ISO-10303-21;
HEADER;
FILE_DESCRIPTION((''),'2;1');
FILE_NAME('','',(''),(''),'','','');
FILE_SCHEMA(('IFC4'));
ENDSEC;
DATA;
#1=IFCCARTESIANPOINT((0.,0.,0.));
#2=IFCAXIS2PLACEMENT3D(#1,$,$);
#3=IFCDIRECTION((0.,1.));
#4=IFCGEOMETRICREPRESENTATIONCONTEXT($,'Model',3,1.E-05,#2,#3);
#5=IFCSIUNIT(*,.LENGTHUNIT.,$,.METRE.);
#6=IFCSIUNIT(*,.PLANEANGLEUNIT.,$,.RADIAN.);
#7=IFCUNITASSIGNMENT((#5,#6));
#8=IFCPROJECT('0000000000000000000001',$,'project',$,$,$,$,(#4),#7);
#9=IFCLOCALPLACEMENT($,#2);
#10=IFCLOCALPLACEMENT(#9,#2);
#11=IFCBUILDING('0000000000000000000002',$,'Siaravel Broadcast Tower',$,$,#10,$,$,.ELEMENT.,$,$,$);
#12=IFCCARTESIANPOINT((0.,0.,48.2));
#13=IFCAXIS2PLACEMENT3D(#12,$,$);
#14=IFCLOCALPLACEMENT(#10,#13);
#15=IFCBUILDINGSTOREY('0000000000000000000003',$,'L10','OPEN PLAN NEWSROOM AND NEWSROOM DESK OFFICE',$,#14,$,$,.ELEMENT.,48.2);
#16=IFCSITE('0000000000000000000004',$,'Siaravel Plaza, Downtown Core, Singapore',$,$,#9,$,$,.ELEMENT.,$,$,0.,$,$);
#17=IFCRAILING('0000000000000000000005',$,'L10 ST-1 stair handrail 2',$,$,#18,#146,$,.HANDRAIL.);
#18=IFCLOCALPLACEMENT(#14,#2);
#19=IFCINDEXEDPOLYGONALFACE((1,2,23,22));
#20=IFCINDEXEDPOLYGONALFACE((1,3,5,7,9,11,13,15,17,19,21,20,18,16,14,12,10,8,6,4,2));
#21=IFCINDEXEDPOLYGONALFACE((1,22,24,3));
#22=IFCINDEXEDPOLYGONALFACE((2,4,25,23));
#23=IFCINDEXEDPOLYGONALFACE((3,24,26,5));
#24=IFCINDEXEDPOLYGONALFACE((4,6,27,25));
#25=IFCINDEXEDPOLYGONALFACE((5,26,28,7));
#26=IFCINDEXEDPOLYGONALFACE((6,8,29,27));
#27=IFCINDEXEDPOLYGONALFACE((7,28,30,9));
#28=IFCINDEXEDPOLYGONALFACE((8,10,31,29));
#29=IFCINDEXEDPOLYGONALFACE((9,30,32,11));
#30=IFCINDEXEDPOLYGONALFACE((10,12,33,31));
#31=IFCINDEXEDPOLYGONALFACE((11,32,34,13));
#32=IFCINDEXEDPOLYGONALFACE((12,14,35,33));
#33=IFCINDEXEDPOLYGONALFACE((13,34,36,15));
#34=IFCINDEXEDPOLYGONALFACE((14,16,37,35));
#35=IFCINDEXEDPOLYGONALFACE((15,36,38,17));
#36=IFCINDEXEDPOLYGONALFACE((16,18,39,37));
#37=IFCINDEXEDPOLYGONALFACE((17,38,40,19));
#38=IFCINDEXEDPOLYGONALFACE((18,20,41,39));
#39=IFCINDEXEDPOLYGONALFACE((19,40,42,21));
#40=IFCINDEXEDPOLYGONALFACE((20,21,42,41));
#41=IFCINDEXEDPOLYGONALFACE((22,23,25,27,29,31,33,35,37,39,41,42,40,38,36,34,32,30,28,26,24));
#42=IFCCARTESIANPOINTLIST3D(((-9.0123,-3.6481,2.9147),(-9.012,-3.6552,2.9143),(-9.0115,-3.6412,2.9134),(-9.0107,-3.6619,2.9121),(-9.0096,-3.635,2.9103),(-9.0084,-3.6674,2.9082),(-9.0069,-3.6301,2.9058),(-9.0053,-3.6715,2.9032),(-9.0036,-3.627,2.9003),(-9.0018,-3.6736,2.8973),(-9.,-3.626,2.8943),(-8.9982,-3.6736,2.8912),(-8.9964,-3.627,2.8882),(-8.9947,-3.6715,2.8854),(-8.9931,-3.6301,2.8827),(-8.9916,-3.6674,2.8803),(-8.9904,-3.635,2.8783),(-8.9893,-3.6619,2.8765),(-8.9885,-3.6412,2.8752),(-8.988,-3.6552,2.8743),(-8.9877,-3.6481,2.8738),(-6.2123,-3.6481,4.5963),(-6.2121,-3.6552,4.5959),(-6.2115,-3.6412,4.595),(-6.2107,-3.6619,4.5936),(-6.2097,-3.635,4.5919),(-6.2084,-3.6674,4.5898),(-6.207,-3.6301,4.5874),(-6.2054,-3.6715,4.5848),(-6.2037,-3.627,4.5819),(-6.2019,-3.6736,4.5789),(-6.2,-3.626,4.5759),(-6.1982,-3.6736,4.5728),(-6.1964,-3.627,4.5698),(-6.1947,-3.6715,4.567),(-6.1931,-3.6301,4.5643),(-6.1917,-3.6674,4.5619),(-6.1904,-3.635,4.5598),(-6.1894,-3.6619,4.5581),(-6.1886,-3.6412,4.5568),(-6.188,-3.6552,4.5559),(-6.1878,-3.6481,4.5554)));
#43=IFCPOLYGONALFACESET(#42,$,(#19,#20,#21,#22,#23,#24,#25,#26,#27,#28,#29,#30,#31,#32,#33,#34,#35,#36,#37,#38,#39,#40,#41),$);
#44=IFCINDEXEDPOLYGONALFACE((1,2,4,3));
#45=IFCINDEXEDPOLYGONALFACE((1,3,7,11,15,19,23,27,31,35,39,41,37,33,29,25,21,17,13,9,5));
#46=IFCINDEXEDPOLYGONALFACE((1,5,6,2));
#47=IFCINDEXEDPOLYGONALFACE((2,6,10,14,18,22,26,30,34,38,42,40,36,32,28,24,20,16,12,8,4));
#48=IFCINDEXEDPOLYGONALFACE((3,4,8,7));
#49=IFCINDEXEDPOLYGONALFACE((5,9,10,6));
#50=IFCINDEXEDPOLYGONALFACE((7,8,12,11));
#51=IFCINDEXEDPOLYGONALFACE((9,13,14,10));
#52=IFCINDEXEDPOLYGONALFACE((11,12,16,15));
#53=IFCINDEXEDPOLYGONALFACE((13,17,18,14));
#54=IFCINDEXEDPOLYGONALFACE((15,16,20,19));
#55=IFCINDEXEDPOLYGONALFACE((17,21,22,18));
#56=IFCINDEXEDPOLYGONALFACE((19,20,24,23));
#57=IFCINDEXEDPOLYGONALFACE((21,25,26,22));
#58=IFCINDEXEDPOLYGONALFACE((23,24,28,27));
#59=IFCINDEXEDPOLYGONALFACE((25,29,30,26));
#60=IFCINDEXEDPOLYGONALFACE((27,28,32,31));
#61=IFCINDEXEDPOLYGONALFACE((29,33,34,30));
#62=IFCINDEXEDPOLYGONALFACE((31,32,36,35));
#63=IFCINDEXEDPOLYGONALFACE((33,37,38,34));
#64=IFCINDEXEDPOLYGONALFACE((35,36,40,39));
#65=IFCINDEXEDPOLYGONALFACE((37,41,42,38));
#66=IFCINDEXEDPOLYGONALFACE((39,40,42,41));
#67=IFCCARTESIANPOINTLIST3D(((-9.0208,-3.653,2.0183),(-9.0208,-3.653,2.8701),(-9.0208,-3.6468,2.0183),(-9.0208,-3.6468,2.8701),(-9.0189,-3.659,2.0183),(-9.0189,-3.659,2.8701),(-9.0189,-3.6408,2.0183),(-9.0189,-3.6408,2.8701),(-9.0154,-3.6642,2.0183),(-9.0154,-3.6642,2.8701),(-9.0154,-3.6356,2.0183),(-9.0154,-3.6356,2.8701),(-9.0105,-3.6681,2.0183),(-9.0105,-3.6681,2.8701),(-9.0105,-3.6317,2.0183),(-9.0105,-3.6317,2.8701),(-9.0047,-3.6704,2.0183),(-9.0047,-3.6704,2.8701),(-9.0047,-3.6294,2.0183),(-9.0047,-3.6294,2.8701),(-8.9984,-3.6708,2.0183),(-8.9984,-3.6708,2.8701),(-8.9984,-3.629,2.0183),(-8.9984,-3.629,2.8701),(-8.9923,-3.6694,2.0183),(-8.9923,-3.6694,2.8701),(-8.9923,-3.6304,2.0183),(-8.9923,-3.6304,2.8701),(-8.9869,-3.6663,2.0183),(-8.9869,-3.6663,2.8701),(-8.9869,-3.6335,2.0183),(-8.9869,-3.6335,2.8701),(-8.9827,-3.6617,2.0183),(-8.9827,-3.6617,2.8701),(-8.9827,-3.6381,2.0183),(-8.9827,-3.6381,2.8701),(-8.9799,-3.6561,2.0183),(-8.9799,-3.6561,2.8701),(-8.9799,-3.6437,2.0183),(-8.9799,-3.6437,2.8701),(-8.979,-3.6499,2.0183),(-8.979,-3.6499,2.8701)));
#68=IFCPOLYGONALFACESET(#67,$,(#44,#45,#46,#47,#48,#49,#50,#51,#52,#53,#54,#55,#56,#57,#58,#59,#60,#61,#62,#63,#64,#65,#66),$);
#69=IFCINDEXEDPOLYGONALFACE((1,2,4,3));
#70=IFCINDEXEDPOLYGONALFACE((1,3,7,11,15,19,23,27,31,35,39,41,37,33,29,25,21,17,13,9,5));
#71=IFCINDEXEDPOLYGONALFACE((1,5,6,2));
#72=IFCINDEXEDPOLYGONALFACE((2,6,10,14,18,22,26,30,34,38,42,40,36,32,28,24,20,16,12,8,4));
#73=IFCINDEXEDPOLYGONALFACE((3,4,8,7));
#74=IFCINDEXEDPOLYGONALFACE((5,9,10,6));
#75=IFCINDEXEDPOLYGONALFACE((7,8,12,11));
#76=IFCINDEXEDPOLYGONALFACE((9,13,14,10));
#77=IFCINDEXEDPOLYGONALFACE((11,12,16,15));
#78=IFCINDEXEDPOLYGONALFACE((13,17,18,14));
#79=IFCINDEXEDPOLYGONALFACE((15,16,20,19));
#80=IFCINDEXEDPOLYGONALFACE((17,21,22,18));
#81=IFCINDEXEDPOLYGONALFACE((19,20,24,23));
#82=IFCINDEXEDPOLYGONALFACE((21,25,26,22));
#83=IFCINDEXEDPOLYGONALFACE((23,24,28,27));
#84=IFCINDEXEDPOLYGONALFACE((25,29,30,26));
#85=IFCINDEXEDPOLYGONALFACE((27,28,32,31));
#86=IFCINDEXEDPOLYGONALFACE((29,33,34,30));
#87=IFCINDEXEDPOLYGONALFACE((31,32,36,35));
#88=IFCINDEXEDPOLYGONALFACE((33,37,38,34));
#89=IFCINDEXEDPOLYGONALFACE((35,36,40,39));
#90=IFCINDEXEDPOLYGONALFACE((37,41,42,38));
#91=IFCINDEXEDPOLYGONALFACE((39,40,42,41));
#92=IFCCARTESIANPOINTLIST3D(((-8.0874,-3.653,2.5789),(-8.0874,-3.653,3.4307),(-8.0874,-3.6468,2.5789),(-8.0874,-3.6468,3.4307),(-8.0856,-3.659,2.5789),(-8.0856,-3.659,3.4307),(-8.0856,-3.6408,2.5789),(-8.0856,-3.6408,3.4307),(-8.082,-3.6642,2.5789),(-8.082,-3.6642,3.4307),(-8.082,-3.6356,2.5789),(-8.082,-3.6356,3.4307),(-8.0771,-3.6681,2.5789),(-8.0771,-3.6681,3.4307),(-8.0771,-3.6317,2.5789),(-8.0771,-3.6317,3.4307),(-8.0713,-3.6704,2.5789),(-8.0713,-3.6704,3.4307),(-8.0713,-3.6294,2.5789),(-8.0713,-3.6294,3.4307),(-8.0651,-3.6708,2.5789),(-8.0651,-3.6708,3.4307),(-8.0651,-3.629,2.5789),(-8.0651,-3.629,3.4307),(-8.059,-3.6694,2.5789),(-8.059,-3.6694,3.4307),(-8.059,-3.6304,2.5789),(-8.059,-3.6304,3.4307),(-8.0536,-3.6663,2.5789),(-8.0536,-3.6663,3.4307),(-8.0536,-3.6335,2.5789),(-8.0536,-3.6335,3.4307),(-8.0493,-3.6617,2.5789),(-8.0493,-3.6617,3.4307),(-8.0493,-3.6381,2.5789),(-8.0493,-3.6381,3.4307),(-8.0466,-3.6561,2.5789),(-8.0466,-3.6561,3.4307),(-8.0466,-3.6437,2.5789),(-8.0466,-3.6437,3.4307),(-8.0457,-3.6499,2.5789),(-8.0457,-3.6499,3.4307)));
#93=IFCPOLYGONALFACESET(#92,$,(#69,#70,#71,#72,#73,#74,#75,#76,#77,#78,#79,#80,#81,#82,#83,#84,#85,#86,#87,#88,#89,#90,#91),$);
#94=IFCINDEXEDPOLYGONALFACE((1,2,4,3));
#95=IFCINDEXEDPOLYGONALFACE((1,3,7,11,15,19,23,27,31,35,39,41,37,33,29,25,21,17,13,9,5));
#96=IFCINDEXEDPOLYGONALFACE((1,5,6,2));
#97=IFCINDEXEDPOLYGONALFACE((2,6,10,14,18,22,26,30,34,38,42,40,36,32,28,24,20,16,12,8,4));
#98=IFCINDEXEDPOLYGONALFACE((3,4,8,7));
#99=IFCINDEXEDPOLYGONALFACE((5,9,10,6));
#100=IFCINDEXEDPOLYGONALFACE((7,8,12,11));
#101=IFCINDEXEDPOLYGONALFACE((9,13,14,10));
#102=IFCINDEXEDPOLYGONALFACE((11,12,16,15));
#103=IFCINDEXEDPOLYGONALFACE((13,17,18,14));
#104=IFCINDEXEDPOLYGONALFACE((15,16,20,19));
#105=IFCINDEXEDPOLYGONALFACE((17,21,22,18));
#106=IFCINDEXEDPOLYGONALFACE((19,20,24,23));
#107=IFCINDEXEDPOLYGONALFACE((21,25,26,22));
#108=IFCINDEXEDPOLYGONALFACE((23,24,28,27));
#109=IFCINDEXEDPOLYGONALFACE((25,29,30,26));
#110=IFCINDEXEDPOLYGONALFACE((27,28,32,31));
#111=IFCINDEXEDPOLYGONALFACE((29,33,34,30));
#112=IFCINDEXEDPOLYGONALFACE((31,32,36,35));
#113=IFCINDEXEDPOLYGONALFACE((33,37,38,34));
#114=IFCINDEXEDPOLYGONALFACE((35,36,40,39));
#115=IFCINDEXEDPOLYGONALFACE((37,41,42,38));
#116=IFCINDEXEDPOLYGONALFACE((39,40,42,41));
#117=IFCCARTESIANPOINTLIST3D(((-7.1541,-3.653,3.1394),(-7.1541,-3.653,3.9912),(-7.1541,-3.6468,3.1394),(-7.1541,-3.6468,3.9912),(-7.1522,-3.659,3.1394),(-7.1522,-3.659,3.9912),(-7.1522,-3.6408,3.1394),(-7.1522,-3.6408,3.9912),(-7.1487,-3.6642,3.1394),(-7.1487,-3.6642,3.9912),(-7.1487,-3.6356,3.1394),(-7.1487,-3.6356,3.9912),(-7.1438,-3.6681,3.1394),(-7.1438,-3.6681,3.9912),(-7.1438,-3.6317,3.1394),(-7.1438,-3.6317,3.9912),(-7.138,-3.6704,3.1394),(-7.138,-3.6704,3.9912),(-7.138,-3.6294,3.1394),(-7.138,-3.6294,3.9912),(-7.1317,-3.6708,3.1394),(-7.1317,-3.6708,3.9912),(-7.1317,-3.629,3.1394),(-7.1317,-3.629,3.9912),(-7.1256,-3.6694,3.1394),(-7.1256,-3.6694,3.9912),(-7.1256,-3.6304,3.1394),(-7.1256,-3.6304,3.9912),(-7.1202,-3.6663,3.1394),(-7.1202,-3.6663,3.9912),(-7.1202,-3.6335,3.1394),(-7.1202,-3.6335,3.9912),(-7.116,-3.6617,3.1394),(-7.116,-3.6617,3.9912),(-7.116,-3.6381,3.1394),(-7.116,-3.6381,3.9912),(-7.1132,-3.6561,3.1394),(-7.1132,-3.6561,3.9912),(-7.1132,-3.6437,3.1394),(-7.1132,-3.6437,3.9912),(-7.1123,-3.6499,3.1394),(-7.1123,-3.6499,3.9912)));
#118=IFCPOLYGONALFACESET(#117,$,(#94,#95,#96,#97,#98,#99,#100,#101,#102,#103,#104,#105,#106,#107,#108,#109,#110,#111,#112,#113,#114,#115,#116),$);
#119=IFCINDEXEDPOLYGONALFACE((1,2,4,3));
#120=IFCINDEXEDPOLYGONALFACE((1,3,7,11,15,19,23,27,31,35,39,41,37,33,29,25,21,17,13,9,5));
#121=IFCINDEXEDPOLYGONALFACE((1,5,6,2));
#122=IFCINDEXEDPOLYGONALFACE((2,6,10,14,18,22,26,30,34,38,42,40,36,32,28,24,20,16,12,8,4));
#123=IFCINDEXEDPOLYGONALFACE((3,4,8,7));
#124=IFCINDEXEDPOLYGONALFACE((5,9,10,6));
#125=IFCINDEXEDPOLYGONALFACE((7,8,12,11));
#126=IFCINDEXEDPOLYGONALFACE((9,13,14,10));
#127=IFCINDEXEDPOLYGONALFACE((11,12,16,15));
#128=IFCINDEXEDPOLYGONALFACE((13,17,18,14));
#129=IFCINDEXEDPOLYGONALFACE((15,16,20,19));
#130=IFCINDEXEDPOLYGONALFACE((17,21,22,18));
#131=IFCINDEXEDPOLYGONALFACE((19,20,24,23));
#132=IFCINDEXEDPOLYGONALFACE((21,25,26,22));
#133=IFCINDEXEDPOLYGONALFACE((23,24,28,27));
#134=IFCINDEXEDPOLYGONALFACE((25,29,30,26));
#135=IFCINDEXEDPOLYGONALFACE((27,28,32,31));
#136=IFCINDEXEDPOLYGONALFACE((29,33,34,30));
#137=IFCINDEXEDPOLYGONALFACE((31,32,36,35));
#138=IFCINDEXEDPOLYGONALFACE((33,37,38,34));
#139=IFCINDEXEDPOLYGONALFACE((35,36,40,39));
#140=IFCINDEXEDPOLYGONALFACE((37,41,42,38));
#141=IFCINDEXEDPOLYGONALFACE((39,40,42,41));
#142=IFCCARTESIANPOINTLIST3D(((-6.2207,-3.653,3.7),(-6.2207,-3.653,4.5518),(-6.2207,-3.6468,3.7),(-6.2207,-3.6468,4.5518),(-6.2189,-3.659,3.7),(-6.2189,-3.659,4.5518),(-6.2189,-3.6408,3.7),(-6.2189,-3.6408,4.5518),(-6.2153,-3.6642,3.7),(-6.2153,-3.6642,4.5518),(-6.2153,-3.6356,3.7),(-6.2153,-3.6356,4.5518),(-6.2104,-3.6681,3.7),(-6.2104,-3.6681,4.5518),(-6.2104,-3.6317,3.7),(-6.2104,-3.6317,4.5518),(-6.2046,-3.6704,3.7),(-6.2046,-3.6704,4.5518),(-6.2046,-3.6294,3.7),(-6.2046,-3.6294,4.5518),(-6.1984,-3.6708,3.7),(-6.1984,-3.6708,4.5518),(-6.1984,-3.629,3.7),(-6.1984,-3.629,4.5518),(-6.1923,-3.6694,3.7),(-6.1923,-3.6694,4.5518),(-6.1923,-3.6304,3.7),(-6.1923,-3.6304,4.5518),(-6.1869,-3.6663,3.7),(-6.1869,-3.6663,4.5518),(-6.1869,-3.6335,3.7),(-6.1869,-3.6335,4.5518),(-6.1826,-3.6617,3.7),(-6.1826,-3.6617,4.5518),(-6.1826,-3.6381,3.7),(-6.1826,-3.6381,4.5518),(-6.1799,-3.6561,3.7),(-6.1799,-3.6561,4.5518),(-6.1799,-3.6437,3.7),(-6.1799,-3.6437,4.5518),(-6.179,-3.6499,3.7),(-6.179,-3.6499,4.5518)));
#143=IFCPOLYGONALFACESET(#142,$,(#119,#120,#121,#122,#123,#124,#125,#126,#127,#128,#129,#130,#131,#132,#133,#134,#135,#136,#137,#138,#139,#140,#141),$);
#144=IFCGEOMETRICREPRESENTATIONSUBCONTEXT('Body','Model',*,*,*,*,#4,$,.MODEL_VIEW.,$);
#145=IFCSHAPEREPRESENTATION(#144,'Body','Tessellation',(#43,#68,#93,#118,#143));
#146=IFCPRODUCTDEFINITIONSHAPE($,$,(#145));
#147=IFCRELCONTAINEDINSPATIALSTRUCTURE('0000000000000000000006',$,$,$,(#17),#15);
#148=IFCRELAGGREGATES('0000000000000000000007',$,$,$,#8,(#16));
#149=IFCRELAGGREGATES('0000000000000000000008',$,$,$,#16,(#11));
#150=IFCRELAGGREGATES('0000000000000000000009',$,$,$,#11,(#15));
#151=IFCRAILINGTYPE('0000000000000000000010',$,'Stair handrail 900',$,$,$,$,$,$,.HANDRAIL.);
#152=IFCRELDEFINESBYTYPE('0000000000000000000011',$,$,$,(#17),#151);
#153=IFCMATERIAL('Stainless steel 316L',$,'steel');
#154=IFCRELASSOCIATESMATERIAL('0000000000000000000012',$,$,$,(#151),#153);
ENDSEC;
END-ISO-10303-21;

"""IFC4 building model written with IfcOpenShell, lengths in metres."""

from ifc_helpers import new_model, si_unit, direction, frame, origin, origin_2d, place, context, subcontext, project, spatial, circle, extrude, material, type_object, element, save


model = new_model("IFC4")

# Units and contexts
model_context = context("Model", 3, precision=1e-05, world=origin(), true_north=direction((0.0, 1.0)))
body_context = subcontext(model_context, "Body", "Model", "MODEL_VIEW")
ifc_project = project(units=[si_unit("LENGTHUNIT", "METRE"), si_unit("PLANEANGLEUNIT", "RADIAN")], contexts=[model_context])

# Site, building, storey
site_placement = place(None, origin())
site = spatial("IfcSite", under=ifc_project, at=site_placement, Name="Siaravel Plaza, Downtown Core, Singapore", CompositionType="ELEMENT", RefElevation=0.0)
building_placement = place(site_placement, origin())
building = spatial("IfcBuilding", under=site, at=building_placement, Name="Siaravel Broadcast Tower", CompositionType="ELEMENT")
storey_placement = place(building_placement, frame((0.0, 0.0, 48.2)))
storey = spatial("IfcBuildingStorey", under=building, at=storey_placement, Name="L10", Description="OPEN PLAN NEWSROOM AND NEWSROOM DESK OFFICE", CompositionType="ELEMENT", Elevation=48.2)

# Shared definitions
ifc_material_1 = material(Name="Stainless steel 316L", Category="steel")

# Railing
railing_type_1 = type_object("IfcRailingType", Name="Stair handrail 900", PredefinedType="HANDRAIL", material=ifc_material_1)
railing_1_placement = place(storey_placement, frame((-9.0, -3.6499, 2.0183)))
element("IfcRailing", 1, at=railing_1_placement, inside=storey, type_object=railing_type_1, Name="L10 ST-1 stair handrail 2", PredefinedType="HANDRAIL", context=body_context, shape_type="SweptSolid", body=[
    extrude(circle(Radius=0.0239, at=origin_2d()), frame((0.0, 0.0, 0.876), z_axis=(0.857275, 0.0, 0.514858), x_axis=(0.0, 1.0, 0.0)), (0.0, 0.0, 1.0), 3.2661),
    extrude(circle(Radius=0.021, at=origin_2d()), origin(), (0.0, 0.0, 1.0), 0.8518),
    extrude(circle(Radius=0.021, at=origin_2d()), frame((0.9333, 0.0, 0.5605)), (0.0, 0.0, 1.0), 0.8518),
    extrude(circle(Radius=0.021, at=origin_2d()), frame((1.8667, 0.0, 1.1211)), (0.0, 0.0, 1.0), 0.8518),
    extrude(circle(Radius=0.021, at=origin_2d()), frame((2.8, 0.0, 1.6816)), (0.0, 0.0, 1.0), 0.8518),
])

save(model, "model.ifc")
